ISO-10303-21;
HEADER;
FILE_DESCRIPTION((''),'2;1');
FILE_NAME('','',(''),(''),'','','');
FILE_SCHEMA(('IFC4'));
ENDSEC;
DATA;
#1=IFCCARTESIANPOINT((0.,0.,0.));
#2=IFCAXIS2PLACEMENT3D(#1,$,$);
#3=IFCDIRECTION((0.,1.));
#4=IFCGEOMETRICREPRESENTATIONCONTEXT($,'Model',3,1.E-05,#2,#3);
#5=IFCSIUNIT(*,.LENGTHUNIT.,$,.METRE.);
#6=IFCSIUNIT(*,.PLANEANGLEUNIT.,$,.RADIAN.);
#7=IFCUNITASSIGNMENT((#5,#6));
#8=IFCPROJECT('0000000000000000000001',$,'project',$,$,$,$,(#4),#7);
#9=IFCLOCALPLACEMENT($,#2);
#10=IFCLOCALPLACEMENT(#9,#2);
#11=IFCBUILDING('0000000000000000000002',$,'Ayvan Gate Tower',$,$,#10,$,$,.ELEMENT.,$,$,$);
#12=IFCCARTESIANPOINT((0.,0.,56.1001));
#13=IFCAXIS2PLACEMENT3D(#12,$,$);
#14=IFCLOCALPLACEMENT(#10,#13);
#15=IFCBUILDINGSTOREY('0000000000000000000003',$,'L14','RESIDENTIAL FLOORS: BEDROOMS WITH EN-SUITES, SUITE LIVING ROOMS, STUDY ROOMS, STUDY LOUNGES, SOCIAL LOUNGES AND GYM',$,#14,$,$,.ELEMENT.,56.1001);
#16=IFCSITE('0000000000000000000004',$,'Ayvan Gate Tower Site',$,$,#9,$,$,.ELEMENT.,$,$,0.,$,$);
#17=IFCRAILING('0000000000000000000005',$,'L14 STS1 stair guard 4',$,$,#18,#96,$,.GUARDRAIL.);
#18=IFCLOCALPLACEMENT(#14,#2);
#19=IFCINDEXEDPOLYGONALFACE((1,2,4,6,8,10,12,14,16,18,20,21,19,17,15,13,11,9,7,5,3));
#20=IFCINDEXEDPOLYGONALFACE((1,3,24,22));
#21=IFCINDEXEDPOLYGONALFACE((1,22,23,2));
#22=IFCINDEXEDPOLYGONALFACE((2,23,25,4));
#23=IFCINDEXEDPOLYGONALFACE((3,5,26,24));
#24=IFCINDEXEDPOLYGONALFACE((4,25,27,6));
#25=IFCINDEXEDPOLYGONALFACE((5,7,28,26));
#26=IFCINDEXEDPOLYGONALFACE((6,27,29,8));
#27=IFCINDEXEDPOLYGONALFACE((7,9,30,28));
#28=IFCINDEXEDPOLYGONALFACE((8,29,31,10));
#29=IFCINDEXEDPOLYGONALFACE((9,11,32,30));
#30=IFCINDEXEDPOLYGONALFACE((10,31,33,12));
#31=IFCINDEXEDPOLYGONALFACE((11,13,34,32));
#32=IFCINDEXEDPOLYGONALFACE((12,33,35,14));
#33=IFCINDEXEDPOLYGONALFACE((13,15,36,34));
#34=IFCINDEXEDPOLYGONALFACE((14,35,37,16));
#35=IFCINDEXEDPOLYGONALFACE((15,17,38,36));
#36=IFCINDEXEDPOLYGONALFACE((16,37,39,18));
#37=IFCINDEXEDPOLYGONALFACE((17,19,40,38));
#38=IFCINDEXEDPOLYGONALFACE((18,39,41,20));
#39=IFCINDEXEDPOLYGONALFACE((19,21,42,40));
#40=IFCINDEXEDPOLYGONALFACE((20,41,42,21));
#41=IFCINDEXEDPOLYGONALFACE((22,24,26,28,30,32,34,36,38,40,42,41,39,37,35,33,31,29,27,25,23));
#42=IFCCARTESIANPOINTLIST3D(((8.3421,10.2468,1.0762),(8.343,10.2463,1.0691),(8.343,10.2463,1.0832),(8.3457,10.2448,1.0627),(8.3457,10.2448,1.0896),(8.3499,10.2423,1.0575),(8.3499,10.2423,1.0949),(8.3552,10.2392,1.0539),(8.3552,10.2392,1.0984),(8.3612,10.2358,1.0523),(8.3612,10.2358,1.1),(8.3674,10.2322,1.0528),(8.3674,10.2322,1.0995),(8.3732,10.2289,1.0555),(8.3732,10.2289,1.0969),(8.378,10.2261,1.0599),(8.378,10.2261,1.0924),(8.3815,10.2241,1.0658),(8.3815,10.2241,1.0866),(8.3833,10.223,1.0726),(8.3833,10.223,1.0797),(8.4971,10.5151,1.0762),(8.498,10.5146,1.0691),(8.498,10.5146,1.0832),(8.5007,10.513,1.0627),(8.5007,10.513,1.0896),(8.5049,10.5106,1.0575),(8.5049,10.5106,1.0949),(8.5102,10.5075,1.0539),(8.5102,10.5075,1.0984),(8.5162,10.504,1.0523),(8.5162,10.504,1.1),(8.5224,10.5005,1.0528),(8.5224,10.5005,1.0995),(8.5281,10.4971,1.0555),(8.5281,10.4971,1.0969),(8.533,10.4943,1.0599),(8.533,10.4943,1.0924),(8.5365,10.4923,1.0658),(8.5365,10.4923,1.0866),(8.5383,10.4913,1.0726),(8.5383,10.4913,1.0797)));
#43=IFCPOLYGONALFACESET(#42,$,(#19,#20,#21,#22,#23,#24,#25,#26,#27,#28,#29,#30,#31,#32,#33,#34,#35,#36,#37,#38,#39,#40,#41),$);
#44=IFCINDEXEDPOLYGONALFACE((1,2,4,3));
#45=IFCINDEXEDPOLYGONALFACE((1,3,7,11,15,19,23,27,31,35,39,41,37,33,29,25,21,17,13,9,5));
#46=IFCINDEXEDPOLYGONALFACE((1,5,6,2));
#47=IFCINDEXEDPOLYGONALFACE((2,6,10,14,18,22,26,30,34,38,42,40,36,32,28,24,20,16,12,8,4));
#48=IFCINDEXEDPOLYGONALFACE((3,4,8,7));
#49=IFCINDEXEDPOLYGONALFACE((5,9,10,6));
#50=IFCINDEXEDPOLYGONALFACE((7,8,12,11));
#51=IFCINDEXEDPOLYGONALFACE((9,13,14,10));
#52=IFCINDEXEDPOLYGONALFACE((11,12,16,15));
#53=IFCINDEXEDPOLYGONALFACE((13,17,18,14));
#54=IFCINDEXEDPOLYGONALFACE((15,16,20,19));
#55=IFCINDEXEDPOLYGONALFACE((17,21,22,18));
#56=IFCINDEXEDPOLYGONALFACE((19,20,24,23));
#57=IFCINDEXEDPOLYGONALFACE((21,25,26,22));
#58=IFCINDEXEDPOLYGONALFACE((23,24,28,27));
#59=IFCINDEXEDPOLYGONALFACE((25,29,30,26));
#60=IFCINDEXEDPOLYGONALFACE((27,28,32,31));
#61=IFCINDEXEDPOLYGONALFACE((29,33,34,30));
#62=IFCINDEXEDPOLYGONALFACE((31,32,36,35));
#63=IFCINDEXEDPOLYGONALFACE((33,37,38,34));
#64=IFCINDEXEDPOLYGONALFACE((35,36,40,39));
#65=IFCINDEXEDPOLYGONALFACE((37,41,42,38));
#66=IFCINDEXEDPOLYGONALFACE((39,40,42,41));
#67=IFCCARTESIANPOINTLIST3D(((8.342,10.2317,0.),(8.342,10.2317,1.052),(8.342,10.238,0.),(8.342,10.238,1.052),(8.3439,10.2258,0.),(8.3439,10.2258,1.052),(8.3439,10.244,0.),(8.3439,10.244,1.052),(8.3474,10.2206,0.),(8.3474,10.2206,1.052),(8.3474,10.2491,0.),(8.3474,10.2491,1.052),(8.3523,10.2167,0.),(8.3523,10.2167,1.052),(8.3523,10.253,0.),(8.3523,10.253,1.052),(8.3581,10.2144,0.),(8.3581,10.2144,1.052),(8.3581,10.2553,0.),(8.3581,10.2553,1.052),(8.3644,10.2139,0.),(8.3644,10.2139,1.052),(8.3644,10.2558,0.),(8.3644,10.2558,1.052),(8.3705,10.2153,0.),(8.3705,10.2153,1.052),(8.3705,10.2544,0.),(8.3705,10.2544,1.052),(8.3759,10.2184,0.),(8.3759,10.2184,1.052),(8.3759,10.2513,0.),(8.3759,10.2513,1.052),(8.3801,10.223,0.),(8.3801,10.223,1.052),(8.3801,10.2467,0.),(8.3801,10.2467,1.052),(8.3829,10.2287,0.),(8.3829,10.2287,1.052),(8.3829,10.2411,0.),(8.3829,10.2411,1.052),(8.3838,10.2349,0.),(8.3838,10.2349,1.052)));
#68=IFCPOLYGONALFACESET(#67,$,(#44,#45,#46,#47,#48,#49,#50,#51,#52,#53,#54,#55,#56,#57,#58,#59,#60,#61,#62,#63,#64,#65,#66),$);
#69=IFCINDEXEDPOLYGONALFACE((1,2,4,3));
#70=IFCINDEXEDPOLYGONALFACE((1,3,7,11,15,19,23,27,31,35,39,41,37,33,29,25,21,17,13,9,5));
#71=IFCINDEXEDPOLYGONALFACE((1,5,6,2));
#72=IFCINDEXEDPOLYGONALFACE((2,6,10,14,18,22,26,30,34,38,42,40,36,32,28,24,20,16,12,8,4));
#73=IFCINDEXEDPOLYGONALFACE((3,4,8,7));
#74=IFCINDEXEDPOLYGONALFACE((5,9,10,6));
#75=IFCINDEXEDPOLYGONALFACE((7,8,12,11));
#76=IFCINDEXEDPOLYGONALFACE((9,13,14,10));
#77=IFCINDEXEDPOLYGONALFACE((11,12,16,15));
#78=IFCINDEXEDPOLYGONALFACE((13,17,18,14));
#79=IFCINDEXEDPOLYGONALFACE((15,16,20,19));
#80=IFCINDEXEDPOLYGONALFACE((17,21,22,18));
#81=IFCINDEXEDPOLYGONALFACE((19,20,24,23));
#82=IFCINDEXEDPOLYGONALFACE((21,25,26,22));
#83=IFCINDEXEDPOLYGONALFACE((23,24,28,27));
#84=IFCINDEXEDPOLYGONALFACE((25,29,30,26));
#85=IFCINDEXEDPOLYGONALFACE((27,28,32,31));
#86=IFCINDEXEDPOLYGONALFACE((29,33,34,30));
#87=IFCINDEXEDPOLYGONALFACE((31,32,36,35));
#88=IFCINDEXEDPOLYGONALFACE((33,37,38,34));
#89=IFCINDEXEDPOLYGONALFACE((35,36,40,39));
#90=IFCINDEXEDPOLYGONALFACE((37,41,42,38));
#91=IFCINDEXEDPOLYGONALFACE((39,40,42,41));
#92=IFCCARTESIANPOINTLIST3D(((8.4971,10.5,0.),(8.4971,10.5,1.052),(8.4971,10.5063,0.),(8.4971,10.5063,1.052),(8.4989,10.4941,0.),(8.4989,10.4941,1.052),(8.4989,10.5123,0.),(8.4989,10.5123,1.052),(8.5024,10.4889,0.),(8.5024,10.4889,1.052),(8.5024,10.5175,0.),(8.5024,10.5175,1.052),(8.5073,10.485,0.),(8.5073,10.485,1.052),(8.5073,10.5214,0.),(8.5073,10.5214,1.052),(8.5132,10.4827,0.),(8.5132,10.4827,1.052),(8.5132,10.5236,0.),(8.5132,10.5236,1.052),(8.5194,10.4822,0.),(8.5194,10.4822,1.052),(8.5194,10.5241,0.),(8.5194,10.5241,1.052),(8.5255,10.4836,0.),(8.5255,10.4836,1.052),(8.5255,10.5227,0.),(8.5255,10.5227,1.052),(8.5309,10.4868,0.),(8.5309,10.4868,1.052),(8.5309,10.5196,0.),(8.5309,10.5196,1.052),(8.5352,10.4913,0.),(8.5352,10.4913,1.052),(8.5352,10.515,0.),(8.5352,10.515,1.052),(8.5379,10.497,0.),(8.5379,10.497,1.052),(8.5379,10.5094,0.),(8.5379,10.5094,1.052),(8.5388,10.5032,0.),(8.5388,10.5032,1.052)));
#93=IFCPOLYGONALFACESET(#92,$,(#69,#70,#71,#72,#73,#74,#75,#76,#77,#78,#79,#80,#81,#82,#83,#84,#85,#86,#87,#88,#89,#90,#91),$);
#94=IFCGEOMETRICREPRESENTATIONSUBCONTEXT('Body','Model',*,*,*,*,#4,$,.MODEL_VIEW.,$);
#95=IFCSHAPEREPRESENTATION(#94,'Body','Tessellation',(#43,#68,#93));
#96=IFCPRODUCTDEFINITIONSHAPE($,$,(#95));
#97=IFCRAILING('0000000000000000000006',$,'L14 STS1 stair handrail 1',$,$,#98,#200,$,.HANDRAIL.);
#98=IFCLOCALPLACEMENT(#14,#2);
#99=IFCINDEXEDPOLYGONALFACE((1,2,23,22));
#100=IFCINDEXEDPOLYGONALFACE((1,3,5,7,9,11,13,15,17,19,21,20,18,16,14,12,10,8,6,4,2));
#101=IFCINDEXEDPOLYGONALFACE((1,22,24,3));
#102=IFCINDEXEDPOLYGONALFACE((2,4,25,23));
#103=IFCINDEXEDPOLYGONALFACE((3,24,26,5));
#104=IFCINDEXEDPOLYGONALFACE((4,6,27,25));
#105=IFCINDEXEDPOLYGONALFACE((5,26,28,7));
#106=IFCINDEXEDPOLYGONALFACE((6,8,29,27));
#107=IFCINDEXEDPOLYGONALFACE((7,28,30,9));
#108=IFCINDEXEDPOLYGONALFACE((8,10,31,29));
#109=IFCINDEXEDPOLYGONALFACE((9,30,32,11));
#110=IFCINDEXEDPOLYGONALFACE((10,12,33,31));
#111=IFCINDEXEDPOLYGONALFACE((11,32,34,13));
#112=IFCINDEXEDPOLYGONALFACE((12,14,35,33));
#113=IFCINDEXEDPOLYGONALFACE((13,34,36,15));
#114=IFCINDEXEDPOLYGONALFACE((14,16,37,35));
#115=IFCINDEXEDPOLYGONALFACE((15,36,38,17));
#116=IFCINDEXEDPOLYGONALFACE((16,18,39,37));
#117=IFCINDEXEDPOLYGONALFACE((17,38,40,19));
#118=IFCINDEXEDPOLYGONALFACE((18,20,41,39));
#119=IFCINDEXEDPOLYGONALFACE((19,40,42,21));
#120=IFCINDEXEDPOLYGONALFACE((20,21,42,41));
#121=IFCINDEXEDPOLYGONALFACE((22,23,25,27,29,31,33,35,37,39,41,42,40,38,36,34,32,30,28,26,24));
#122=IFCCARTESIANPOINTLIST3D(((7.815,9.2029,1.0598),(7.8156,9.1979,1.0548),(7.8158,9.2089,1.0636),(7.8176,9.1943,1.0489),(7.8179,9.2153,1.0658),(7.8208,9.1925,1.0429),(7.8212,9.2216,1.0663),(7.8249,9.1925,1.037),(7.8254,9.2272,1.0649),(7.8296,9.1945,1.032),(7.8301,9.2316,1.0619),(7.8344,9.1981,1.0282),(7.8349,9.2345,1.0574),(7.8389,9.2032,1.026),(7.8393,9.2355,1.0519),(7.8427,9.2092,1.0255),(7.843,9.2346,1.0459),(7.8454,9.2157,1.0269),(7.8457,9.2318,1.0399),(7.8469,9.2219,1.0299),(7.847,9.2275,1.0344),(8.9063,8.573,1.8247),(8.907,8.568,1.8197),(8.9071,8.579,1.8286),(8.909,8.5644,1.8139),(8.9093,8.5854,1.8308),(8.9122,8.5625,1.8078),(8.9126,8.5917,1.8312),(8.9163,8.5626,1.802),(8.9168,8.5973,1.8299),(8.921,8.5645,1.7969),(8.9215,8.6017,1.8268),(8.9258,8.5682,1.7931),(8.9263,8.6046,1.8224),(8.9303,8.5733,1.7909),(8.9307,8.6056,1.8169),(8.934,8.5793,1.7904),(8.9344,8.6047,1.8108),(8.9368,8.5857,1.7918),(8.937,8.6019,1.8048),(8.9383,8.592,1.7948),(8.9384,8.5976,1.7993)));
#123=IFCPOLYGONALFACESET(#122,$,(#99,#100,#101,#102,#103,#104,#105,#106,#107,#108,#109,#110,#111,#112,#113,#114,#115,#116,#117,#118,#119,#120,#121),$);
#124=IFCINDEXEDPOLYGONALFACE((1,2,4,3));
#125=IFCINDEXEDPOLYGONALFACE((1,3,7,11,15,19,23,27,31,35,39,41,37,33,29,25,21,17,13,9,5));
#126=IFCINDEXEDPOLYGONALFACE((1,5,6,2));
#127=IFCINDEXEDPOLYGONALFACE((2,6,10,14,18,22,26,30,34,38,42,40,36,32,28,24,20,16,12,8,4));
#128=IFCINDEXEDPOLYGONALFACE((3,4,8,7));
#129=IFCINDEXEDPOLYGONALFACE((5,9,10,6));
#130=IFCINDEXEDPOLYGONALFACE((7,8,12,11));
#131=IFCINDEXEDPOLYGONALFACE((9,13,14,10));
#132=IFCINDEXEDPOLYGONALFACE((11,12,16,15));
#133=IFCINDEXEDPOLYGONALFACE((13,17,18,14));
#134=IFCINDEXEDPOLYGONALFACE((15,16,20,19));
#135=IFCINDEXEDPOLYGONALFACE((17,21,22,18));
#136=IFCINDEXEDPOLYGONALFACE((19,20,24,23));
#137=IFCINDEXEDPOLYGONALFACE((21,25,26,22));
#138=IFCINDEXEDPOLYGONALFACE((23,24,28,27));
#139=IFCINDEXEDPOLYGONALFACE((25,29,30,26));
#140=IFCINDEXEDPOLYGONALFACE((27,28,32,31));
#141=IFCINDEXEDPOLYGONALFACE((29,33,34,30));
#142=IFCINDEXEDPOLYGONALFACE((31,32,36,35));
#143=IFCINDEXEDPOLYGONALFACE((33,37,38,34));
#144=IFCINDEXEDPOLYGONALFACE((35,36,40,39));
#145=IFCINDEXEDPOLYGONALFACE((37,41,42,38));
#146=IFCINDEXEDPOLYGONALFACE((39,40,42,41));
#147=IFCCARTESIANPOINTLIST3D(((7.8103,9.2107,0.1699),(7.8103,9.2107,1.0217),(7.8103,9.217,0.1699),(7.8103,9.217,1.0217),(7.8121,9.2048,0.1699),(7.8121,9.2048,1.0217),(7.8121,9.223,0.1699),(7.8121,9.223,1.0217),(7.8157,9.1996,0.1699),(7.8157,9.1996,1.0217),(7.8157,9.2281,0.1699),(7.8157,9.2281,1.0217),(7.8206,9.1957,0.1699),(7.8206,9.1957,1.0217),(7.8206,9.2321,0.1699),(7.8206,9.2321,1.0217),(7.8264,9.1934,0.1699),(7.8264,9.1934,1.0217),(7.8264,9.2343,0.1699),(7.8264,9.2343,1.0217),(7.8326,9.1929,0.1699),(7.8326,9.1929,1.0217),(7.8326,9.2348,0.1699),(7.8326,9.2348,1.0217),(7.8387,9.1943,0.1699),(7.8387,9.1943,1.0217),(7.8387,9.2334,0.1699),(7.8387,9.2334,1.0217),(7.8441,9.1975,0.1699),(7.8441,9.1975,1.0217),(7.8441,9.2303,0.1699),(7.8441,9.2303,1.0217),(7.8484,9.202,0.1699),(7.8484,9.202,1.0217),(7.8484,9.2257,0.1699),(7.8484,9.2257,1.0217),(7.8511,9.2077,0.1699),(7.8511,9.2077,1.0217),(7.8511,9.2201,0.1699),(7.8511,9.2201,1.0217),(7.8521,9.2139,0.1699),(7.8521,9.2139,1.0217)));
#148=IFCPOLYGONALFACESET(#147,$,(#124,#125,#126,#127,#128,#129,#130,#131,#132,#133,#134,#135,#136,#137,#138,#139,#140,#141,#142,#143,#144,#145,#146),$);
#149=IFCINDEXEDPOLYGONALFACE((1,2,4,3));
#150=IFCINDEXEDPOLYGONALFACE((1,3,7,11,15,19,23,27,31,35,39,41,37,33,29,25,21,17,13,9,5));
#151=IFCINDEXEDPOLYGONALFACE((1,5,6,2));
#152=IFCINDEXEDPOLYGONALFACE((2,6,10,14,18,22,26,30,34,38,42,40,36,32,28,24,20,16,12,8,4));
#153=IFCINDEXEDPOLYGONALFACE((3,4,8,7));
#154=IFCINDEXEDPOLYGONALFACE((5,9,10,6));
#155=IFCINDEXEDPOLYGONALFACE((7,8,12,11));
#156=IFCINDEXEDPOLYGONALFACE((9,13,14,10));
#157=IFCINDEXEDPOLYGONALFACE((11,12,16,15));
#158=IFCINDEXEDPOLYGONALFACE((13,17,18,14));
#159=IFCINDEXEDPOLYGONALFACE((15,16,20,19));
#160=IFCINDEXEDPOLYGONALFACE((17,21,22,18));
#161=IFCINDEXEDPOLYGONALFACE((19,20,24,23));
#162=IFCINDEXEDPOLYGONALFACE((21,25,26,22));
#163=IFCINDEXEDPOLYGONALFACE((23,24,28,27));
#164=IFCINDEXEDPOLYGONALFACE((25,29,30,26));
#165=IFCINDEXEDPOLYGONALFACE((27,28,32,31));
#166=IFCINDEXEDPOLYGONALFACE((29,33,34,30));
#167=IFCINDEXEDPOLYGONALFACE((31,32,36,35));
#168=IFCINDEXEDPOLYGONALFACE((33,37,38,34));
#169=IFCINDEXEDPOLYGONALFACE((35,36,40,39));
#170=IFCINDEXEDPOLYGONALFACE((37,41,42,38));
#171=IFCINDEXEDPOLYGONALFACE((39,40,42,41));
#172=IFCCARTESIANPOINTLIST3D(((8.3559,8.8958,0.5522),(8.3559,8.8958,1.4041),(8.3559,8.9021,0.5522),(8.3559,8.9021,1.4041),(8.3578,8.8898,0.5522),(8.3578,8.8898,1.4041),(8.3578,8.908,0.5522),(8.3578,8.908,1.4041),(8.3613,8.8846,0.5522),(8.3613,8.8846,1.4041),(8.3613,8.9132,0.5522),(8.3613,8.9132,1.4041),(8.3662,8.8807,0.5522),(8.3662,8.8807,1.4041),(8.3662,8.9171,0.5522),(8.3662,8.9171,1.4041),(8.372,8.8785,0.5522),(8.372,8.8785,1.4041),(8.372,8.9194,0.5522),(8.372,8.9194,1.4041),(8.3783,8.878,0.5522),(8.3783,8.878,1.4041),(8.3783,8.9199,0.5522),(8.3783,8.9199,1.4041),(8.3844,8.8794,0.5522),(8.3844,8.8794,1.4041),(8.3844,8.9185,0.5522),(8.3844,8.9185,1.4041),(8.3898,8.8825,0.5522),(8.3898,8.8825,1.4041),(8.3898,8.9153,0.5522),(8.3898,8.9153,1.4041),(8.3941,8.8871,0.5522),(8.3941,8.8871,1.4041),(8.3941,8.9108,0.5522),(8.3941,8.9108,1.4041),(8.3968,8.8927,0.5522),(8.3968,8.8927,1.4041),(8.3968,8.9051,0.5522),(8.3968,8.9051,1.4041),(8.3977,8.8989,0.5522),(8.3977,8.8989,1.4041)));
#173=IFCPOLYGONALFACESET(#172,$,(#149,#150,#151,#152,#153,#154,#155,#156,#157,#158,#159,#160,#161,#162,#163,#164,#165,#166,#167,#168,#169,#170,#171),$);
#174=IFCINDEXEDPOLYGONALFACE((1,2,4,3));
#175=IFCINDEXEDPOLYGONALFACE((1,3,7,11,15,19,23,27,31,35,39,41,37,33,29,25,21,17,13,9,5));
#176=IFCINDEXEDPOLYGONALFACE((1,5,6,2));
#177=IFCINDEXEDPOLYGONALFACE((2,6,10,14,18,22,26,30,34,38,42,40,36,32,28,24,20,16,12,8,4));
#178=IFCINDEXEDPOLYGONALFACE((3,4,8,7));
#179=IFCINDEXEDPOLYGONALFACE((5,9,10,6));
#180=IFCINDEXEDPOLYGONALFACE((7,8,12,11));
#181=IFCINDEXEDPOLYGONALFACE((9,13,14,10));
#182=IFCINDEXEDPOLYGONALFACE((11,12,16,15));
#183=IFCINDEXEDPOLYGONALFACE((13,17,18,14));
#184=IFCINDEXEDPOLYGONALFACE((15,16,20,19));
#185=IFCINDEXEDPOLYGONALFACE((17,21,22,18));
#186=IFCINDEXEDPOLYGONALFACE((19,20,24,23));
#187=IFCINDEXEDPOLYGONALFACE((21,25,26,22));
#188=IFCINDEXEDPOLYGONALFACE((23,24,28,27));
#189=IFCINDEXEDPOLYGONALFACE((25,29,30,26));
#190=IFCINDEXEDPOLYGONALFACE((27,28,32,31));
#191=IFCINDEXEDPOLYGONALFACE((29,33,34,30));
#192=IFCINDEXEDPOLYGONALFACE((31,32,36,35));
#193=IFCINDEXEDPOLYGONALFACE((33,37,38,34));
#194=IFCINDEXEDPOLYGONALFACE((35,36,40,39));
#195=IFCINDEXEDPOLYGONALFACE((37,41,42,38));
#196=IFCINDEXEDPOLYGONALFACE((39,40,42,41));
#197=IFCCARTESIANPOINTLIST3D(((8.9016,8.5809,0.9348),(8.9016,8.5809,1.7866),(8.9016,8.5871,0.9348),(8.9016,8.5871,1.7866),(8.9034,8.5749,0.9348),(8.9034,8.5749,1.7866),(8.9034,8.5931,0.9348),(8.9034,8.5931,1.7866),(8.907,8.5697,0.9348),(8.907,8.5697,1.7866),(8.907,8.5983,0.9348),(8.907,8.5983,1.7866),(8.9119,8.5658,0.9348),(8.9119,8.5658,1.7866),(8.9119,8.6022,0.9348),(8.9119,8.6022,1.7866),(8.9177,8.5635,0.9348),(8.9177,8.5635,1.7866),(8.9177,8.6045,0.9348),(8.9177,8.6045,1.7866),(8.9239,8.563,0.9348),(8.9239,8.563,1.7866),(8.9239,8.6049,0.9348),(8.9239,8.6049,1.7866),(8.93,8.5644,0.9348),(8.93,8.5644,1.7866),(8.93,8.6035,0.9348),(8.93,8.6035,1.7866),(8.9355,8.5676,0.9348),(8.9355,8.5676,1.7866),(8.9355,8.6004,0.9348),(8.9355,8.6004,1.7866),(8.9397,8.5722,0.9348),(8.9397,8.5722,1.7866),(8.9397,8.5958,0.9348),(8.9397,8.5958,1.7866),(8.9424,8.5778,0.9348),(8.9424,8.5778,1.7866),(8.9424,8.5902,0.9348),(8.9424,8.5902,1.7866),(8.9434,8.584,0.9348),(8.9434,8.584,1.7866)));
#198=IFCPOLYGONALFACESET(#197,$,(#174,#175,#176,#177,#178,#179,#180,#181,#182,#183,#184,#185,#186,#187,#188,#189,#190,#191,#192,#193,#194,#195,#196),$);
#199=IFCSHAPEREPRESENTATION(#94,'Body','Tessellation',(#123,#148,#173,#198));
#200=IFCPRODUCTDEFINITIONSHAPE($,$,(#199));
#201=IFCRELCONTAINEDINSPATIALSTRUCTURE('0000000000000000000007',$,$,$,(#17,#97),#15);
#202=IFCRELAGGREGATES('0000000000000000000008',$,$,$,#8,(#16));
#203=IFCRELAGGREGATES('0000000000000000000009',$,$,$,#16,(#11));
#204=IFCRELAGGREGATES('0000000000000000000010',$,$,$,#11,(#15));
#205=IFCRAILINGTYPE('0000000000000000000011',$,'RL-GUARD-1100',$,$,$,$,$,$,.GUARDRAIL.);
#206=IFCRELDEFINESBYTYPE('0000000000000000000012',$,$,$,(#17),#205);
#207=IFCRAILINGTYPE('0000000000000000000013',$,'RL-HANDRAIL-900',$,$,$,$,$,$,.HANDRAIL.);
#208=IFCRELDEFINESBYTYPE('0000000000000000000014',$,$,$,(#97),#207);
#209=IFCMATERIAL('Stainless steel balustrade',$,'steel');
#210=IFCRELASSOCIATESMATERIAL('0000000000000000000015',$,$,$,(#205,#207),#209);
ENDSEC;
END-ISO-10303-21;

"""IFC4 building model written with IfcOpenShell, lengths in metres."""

from ifc_helpers import new_model, si_unit, direction, frame, origin, origin_2d, place, context, subcontext, project, spatial, circle, extrude, material, type_object, element, save


model = new_model("IFC4")

# Units and contexts
model_context = context("Model", 3, precision=1e-05, world=origin(), true_north=direction((0.0, 1.0)))
body_context = subcontext(model_context, "Body", "Model", "MODEL_VIEW")
ifc_project = project(units=[si_unit("LENGTHUNIT", "METRE"), si_unit("PLANEANGLEUNIT", "RADIAN")], contexts=[model_context])

# Site, building, storey
site_placement = place(None, origin())
site = spatial("IfcSite", under=ifc_project, at=site_placement, Name="Ayvan Gate Tower Site", CompositionType="ELEMENT", RefElevation=0.0)
building_placement = place(site_placement, origin())
building = spatial("IfcBuilding", under=site, at=building_placement, Name="Ayvan Gate Tower", CompositionType="ELEMENT")
storey_placement = place(building_placement, frame((0.0, 0.0, 56.1001)))
storey = spatial("IfcBuildingStorey", under=building, at=storey_placement, Name="L14", Description="RESIDENTIAL FLOORS: BEDROOMS WITH EN-SUITES, SUITE LIVING ROOMS, STUDY ROOMS, STUDY LOUNGES, SOCIAL LOUNGES AND GYM", CompositionType="ELEMENT", Elevation=56.1001)

# Railings
ifc_material_1 = material(Name="Stainless steel balustrade", Category="steel")
railing_type_1 = type_object("IfcRailingType", Name="RL-GUARD-1100", PredefinedType="GUARDRAIL", material=ifc_material_1)
railing_1_placement = place(storey_placement, frame((8.3628, 10.2349, 0.0)))
element("IfcRailing", 1, at=railing_1_placement, inside=storey, type_object=railing_type_1, Name="L14 STS1 stair guard 4", PredefinedType="GUARDRAIL", context=body_context, shape_type="SweptSolid", body=[
    extrude(circle(Radius=0.0239, at=origin_2d()), frame((0.0, 0.0, 1.0762), z_axis=(0.500291, 0.865857, 0.0), x_axis=(-0.865857, 0.500291, 0.0)), (0.0, 0.0, 1.0), 0.3098),
    extrude(circle(Radius=0.021, at=origin_2d()), origin(), (0.0, 0.0, 1.0), 1.052),
    extrude(circle(Radius=0.021, at=origin_2d()), frame((0.155, 0.2683, 0.0)), (0.0, 0.0, 1.0), 1.052),
])
railing_type_2 = type_object("IfcRailingType", Name="RL-HANDRAIL-900", PredefinedType="HANDRAIL", material=ifc_material_1)
railing_2_placement = place(storey_placement, frame((7.8311, 9.2139, 0.1699)))
element("IfcRailing", 2, at=railing_2_placement, inside=storey, type_object=railing_type_2, Name="L14 STS1 stair handrail 1", PredefinedType="HANDRAIL", context=body_context, shape_type="SweptSolid", body=[
    extrude(circle(Radius=0.0239, at=origin_2d()), frame((0.0, 0.0, 0.876), z_axis=(0.740357, -0.42732, 0.518912), x_axis=(0.49989, 0.866089, 0.0)), (0.0, 0.0, 1.0), 1.4741),
    extrude(circle(Radius=0.021, at=origin_2d()), origin(), (0.0, 0.0, 1.0), 0.8518),
    extrude(circle(Radius=0.021, at=origin_2d()), frame((0.5457, -0.3149, 0.3823)), (0.0, 0.0, 1.0), 0.8518),
    extrude(circle(Radius=0.021, at=origin_2d()), frame((1.0913, -0.6299, 0.7649)), (0.0, 0.0, 1.0), 0.8518),
])

save(model, "model.ifc")
